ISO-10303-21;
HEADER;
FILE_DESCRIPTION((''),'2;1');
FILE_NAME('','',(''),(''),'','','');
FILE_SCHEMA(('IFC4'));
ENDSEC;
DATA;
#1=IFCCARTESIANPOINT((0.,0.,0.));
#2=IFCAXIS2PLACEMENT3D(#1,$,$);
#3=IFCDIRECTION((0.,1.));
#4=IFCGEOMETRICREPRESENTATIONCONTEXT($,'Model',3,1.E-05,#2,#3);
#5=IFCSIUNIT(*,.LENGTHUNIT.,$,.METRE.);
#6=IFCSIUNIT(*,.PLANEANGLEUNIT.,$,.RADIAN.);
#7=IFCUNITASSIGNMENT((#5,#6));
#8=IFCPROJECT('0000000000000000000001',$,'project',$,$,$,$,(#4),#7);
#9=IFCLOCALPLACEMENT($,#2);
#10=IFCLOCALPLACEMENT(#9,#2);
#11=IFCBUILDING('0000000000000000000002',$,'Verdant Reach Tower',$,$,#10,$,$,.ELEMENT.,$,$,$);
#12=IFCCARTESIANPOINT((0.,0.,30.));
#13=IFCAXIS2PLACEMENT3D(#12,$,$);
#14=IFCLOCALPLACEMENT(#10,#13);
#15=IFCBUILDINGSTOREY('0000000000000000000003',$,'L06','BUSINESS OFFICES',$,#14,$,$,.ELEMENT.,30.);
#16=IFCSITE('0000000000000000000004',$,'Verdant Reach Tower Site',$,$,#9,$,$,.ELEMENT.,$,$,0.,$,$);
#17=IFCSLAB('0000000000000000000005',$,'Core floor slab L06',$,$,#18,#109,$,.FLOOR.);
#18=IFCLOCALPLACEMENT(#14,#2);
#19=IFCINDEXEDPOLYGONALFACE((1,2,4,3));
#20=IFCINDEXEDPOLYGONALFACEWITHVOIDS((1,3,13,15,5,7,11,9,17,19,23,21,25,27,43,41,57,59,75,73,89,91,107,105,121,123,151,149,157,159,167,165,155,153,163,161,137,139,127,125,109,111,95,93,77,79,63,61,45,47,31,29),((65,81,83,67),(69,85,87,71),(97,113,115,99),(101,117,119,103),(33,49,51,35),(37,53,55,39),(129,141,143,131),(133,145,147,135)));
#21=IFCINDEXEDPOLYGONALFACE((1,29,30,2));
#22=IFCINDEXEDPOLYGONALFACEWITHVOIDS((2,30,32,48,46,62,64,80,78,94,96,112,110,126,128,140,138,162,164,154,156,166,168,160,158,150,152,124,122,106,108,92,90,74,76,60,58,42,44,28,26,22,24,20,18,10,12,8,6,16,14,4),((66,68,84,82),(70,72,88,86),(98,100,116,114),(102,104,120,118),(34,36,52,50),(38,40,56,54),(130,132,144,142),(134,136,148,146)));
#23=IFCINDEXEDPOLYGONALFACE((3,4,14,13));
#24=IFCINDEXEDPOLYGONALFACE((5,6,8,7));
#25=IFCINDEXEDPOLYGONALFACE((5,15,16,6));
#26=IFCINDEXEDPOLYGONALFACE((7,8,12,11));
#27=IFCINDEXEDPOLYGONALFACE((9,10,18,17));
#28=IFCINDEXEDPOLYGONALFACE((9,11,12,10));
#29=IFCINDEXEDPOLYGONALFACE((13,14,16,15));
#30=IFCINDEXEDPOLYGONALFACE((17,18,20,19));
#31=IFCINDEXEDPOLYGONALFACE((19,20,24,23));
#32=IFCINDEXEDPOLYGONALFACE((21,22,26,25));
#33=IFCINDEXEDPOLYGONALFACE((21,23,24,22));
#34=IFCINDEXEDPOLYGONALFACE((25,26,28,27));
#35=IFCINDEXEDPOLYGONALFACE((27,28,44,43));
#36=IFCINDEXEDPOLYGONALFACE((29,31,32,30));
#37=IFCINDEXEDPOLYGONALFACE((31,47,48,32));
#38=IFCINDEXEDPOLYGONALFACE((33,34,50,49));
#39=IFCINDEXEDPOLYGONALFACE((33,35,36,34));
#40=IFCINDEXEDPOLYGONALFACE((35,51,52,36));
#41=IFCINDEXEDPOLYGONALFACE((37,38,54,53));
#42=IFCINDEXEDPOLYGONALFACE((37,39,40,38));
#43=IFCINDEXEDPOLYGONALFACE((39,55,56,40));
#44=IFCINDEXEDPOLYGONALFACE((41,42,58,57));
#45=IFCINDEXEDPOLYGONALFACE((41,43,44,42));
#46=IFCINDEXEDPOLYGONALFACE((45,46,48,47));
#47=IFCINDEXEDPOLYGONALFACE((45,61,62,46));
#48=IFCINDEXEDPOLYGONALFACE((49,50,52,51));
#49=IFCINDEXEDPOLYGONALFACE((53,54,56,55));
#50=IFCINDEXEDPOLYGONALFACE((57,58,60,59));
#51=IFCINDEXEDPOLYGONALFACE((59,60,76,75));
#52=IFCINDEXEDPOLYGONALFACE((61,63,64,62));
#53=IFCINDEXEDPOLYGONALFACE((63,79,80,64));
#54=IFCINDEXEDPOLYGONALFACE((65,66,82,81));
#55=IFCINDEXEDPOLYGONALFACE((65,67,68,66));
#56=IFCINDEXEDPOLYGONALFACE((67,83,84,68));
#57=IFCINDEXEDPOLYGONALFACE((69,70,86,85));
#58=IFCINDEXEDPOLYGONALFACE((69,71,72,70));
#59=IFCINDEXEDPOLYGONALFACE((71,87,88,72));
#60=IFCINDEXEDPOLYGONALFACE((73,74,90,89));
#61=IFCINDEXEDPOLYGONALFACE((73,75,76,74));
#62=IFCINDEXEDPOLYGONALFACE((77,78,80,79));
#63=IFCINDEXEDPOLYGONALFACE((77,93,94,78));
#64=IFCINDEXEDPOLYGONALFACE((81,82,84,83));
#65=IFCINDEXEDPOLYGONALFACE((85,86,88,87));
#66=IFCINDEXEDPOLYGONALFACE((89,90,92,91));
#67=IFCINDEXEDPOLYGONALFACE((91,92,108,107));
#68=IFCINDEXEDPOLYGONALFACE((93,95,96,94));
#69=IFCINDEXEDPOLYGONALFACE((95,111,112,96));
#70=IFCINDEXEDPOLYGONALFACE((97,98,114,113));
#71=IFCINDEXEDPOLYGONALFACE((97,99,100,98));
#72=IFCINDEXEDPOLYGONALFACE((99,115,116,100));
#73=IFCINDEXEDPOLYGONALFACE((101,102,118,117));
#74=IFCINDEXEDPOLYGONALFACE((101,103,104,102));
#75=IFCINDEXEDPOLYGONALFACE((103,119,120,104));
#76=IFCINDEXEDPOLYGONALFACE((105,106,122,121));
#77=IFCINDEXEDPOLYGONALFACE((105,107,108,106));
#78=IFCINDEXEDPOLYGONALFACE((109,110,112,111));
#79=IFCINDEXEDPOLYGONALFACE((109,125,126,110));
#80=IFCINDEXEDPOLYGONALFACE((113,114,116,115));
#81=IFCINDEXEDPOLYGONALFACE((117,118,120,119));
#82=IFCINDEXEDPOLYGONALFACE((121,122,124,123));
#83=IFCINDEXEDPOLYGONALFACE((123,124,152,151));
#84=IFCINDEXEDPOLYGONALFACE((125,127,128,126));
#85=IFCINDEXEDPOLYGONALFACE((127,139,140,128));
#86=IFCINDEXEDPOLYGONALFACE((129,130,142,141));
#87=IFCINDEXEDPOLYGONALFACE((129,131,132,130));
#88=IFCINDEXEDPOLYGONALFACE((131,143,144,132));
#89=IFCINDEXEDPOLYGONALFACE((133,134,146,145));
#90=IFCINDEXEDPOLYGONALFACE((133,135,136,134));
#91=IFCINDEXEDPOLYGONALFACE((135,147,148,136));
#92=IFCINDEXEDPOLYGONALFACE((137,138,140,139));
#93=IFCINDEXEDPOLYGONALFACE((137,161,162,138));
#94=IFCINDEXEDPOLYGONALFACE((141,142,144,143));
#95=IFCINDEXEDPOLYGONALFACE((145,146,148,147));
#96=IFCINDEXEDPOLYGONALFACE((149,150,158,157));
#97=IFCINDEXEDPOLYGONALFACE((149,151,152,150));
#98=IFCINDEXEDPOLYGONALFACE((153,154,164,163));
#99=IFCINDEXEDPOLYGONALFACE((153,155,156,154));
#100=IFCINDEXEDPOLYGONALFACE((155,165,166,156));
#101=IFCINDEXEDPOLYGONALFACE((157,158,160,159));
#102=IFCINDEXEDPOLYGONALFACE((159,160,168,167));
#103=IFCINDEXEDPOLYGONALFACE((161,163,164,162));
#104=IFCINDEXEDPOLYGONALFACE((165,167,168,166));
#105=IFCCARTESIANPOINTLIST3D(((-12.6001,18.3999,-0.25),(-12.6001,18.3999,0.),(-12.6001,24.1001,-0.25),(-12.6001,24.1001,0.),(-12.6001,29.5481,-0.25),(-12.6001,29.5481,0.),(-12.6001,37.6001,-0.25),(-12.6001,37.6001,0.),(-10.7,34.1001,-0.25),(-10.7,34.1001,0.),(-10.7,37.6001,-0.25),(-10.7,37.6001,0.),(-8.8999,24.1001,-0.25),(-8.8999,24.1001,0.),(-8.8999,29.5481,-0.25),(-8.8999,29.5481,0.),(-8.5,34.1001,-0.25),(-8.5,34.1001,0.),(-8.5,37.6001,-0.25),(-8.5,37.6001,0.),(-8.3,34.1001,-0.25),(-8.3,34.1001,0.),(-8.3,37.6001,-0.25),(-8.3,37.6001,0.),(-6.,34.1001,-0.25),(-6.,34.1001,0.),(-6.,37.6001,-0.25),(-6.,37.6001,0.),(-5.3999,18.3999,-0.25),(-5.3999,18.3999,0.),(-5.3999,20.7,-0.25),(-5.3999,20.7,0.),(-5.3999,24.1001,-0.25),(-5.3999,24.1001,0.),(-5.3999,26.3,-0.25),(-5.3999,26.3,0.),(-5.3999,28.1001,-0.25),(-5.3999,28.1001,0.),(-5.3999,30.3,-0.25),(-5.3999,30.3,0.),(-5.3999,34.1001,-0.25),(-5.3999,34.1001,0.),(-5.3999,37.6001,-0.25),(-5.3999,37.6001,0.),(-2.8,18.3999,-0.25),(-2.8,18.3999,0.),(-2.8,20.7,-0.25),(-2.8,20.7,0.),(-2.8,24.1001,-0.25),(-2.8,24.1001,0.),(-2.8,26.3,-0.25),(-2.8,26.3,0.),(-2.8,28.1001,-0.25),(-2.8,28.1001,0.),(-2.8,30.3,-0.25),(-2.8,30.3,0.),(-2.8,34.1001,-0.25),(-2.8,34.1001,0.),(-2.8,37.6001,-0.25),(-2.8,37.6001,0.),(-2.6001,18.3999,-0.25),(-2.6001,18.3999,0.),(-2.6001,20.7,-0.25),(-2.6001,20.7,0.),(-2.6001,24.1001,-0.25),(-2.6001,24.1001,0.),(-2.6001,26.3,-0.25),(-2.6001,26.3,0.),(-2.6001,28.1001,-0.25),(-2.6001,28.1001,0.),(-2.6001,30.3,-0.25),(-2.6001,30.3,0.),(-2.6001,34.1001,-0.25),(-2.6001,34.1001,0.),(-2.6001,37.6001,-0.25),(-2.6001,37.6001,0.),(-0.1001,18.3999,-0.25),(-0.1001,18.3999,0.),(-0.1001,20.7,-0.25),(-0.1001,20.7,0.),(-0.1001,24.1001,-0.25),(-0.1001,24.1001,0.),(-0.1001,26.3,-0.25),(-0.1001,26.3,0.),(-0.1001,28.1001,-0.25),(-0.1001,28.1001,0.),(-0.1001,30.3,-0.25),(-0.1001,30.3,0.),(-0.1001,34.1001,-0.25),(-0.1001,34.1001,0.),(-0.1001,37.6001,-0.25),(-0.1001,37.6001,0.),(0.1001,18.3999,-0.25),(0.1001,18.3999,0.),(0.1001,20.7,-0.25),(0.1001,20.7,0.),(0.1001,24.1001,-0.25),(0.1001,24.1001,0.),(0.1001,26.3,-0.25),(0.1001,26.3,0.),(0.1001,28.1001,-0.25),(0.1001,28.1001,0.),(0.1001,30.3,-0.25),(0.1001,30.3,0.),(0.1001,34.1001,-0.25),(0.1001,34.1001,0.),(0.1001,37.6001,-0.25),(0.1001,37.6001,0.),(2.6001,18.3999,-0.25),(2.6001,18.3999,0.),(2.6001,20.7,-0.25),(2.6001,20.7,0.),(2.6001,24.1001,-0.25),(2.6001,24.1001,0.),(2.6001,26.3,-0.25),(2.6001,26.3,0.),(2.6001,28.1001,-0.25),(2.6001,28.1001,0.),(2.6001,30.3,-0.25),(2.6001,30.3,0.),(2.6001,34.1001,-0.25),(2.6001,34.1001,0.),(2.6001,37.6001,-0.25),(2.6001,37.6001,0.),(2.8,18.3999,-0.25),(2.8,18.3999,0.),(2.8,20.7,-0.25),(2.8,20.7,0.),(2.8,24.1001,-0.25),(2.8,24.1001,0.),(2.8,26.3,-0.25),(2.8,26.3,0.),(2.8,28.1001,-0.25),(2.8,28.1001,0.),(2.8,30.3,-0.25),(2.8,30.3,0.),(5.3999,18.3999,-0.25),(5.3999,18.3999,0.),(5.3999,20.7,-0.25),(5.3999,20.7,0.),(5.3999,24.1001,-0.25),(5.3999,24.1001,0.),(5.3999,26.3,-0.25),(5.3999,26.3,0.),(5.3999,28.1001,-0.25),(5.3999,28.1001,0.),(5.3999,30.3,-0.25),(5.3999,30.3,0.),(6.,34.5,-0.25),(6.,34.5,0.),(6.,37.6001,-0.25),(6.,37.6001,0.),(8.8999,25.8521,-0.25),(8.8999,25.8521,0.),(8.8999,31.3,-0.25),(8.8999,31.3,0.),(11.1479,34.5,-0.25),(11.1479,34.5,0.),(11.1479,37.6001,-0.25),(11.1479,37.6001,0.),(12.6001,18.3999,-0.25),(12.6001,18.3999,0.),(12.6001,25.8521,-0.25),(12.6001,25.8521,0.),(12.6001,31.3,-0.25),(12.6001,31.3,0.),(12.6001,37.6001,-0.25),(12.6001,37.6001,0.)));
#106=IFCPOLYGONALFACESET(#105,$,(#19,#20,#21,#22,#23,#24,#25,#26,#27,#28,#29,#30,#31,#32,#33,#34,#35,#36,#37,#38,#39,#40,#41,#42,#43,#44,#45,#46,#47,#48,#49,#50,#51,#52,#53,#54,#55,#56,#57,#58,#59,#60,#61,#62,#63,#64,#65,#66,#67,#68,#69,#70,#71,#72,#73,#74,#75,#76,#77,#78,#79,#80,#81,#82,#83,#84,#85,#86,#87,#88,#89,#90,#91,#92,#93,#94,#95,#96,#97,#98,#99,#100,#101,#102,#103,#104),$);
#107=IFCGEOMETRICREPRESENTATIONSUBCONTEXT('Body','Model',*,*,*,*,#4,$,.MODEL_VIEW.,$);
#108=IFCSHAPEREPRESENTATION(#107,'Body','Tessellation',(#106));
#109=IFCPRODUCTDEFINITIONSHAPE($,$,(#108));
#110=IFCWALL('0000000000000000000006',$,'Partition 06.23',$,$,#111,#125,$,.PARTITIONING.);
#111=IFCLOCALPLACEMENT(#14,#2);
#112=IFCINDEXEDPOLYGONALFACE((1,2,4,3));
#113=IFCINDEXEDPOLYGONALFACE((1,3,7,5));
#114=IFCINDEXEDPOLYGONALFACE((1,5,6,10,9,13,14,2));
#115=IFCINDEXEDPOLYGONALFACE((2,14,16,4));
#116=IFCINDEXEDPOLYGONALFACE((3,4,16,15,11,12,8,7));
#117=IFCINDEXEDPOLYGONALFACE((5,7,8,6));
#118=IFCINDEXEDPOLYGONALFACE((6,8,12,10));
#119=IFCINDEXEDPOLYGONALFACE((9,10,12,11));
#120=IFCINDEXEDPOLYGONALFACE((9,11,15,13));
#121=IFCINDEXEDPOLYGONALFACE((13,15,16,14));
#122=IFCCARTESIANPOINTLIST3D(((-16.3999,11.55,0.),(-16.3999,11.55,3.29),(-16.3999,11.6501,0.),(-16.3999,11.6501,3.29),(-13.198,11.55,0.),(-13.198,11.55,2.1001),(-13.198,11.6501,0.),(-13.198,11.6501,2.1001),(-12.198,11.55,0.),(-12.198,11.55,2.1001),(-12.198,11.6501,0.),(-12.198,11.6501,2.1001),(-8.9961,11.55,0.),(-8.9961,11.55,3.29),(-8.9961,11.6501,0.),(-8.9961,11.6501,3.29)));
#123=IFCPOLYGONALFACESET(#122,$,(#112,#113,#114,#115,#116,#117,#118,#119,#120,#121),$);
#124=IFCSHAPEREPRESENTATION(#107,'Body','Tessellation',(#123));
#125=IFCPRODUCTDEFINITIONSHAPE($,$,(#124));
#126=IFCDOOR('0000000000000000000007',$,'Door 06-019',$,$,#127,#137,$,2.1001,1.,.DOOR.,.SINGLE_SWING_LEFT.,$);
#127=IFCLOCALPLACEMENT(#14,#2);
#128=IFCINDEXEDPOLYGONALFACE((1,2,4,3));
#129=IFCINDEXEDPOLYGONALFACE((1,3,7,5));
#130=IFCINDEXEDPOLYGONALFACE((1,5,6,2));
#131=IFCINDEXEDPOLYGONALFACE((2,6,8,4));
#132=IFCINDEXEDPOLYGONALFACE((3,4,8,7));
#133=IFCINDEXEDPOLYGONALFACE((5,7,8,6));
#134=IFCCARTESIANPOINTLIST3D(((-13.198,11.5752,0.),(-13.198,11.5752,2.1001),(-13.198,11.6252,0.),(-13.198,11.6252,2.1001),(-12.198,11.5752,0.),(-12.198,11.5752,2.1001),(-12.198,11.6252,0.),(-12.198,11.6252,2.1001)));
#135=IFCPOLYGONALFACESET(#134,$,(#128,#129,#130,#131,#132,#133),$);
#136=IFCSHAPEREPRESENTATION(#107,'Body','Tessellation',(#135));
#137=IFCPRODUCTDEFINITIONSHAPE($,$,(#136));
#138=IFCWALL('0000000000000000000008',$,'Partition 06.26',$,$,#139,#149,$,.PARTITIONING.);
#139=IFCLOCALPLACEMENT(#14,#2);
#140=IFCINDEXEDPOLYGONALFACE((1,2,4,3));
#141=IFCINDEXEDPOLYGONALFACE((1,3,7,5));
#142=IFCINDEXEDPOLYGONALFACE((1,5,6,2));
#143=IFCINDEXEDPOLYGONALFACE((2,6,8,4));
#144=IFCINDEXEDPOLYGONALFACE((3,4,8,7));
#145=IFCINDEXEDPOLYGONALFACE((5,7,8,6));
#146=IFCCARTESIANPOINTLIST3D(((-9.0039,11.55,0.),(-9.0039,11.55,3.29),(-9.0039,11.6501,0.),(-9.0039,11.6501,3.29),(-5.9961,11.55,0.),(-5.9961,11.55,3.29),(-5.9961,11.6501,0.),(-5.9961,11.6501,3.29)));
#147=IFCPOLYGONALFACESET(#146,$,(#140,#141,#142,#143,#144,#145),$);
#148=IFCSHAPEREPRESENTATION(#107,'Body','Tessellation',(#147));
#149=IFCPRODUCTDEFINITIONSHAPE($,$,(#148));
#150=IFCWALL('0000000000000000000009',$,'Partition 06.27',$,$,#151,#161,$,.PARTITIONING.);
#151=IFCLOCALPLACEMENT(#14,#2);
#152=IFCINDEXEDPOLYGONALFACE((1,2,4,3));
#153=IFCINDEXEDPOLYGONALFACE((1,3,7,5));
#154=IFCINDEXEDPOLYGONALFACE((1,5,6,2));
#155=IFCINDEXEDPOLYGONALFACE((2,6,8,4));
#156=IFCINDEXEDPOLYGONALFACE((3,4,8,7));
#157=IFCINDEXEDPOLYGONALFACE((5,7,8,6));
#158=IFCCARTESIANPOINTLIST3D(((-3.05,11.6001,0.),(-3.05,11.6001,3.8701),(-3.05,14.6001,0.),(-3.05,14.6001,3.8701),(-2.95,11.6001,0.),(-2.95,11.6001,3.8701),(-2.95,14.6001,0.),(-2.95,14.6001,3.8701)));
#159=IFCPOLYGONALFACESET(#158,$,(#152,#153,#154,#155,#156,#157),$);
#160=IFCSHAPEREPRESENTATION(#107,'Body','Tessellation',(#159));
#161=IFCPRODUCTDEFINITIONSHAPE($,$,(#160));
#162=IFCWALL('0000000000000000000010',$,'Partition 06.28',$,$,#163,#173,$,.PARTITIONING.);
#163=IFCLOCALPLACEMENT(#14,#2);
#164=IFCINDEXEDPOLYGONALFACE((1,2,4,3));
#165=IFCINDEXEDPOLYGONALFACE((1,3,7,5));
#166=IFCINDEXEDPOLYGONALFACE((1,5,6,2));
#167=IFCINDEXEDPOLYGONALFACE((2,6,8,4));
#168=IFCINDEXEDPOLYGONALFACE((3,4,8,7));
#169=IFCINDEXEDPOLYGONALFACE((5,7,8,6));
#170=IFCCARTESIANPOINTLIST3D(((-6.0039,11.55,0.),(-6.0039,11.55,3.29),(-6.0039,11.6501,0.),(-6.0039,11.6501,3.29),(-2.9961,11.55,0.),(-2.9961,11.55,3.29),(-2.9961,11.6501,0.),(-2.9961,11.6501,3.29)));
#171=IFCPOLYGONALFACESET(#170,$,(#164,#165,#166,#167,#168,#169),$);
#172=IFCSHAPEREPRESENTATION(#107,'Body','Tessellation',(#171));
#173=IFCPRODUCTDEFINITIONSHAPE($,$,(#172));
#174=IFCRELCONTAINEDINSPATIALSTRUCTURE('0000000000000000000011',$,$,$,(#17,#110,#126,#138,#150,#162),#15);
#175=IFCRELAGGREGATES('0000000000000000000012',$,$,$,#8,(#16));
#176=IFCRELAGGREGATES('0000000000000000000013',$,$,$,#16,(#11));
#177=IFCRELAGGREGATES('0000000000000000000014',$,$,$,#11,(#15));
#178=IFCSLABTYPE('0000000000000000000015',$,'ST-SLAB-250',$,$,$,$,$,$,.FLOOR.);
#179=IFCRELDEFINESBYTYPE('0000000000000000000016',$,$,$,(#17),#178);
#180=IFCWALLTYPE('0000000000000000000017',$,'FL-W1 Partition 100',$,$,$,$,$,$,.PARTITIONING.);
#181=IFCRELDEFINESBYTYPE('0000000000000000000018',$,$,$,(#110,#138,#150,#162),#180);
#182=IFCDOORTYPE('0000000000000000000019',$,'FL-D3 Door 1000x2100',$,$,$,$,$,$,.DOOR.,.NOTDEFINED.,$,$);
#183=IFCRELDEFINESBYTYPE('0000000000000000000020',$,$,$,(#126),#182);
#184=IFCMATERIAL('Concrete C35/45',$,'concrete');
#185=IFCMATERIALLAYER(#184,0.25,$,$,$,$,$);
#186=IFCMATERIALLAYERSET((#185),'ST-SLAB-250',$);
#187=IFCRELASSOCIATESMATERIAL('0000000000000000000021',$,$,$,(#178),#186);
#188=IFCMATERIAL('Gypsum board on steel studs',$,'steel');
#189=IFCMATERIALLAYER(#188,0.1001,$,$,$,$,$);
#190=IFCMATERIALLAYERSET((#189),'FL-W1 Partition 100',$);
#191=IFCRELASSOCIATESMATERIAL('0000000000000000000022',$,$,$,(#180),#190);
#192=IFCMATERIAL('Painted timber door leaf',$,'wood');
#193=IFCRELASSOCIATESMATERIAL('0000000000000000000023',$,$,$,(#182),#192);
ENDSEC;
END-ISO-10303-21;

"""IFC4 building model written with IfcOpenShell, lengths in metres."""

from ifc_helpers import new_model, si_unit, direction, frame, frame_2d, origin, place, context, subcontext, project, spatial, polyline, rectangle, outline, extrude, material, layer, layer_set, type_object, element, fill, save


model = new_model("IFC4")

# Units and contexts
model_context = context("Model", 3, precision=1e-05, world=origin(), true_north=direction((0.0, 1.0)))
body_context = subcontext(model_context, "Body", "Model", "MODEL_VIEW")
ifc_project = project(units=[si_unit("LENGTHUNIT", "METRE"), si_unit("PLANEANGLEUNIT", "RADIAN")], contexts=[model_context])

# Site, building, storey
site_placement = place(None, origin())
site = spatial("IfcSite", under=ifc_project, at=site_placement, Name="Verdant Reach Tower Site", CompositionType="ELEMENT", RefElevation=0.0)
building_placement = place(site_placement, origin())
building = spatial("IfcBuilding", under=site, at=building_placement, Name="Verdant Reach Tower", CompositionType="ELEMENT")
storey_placement = place(building_placement, frame((0.0, 0.0, 30.0)))
storey = spatial("IfcBuildingStorey", under=building, at=storey_placement, Name="L06", Description="BUSINESS OFFICES", CompositionType="ELEMENT", Elevation=30.0)

# Slab
ifc_material_1 = material(Name="Concrete C35/45", Category="concrete")
ifc_layer_1 = layer(ifc_material_1, 0.25)
ifc_layer_set_1 = layer_set([ifc_layer_1], Name="ST-SLAB-250")
slab_type_1 = type_object("IfcSlabType", Name="ST-SLAB-250", PredefinedType="FLOOR", material=ifc_layer_set_1)
slab_1_placement = place(storey_placement, frame((0.0, 0.0, -0.25)))
element("IfcSlab", 1, at=slab_1_placement, inside=storey, type_object=slab_type_1, Name="Core floor slab L06", PredefinedType="FLOOR", context=body_context, shape_type="SweptSolid", body=[
    extrude(outline(polyline([(12.6001, 18.3999), (5.3999, 18.3999), (5.3999, 20.7), (2.8, 20.7), (2.8, 18.3999), (2.6001, 18.3999), (2.6001, 20.7), (0.1001, 20.7), (0.1001, 18.3999), (-0.1001, 18.3999), (-0.1001, 20.7), (-2.6001, 20.7), (-2.6001, 18.3999), (-2.8, 18.3999), (-2.8, 20.7), (-5.3999, 20.7), (-5.3999, 18.3999), (-12.6001, 18.3999), (-12.6001, 24.1001), (-8.8999, 24.1001), (-8.8999, 29.5481), (-12.6001, 29.5481), (-12.6001, 37.6001), (-10.7, 37.6001), (-10.7, 34.1001), (-8.5, 34.1001), (-8.5, 37.6001), (-8.3, 37.6001), (-8.3, 34.1001), (-6.0, 34.1001), (-6.0, 37.6001), (-5.3999, 37.6001), (-5.3999, 34.1001), (-2.8, 34.1001), (-2.8, 37.6001), (-2.6001, 37.6001), (-2.6001, 34.1001), (-0.1001, 34.1001), (-0.1001, 37.6001), (0.1001, 37.6001), (0.1001, 34.1001), (2.6001, 34.1001), (2.6001, 37.6001), (6.0, 37.6001), (6.0, 34.5), (11.1479, 34.5), (11.1479, 37.6001), (12.6001, 37.6001), (12.6001, 31.3), (8.8999, 31.3), (8.8999, 25.8521), (12.6001, 25.8521), (12.6001, 18.3999)]), holes=[polyline([(-2.8, 24.1001), (-2.8, 26.3), (-5.3999, 26.3), (-5.3999, 24.1001), (-2.8, 24.1001)]), polyline([(-2.6001, 24.1001), (-0.1001, 24.1001), (-0.1001, 26.3), (-2.6001, 26.3), (-2.6001, 24.1001)]), polyline([(-2.8, 28.1001), (-2.8, 30.3), (-5.3999, 30.3), (-5.3999, 28.1001), (-2.8, 28.1001)]), polyline([(-0.1001, 28.1001), (-0.1001, 30.3), (-2.6001, 30.3), (-2.6001, 28.1001), (-0.1001, 28.1001)]), polyline([(2.6001, 24.1001), (2.6001, 26.3), (0.1001, 26.3), (0.1001, 24.1001), (2.6001, 24.1001)]), polyline([(2.8, 24.1001), (5.3999, 24.1001), (5.3999, 26.3), (2.8, 26.3), (2.8, 24.1001)]), polyline([(2.6001, 28.1001), (2.6001, 30.3), (0.1001, 30.3), (0.1001, 28.1001), (2.6001, 28.1001)]), polyline([(5.3999, 28.1001), (5.3999, 30.3), (2.8, 30.3), (2.8, 28.1001), (5.3999, 28.1001)])]), origin(), (0.0, 0.0, 1.0), 0.25),
])

# Wall, opening, door
ifc_material_2 = material(Name="Gypsum board on steel studs", Category="steel")
ifc_layer_2 = layer(ifc_material_2, 0.1001)
ifc_layer_set_2 = layer_set([ifc_layer_2], Name="FL-W1 Partition 100")
wall_type = type_object("IfcWallType", Name="FL-W1 Partition 100", PredefinedType="PARTITIONING", material=ifc_layer_set_2)
wall_1_placement = place(storey_placement, frame((-8.9961, 11.6001, 0.0), z_axis=(0.0, 0.0, 1.0), x_axis=(-1.0, 0.0, 0.0)))
wall_1 = element("IfcWall", 2, at=wall_1_placement, inside=storey, type_object=wall_type, Name="Partition 06.23", PredefinedType="PARTITIONING", context=body_context, shape_type="SweptSolid", body=[
    extrude(rectangle(XDim=7.4038, YDim=0.1001, at=frame_2d((3.7019, 0.0))), origin(), (0.0, 0.0, 1.0), 3.29),
])
opening_1_placement = place(wall_1_placement, frame((3.2019, 0.0, 0.0)))
opening_1 = element("IfcOpeningElement", 3, at=opening_1_placement, cuts=wall_1, PredefinedType="OPENING", context=body_context, shape_type="SweptSolid", body=[
    extrude(rectangle(XDim=1.0, YDim=2.1001, at=frame_2d((0.5, 1.05))), frame((0.0, 0.0601, 0.0), z_axis=(0.0, -1.0, 0.0), x_axis=(1.0, 0.0, 0.0)), (0.0, 0.0, 1.0), 0.1201),
])
ifc_material_3 = material(Name="Painted timber door leaf", Category="wood")
door_type = type_object("IfcDoorType", Name="FL-D3 Door 1000x2100", OperationType="NOTDEFINED", PredefinedType="DOOR", material=ifc_material_3)
door_1_placement = place(opening_1_placement, origin())
door_1 = element("IfcDoor", 4, at=door_1_placement, inside=storey, type_object=door_type, Name="Door 06-019", OperationType="SINGLE_SWING_LEFT", OverallHeight=2.1001, OverallWidth=1.0, PredefinedType="DOOR", context=body_context, shape_type="SweptSolid", body=[
    extrude(rectangle(XDim=1.0, YDim=2.1001, at=frame_2d((0.5, 1.05))), frame((0.0, 0.0249, 0.0), z_axis=(0.0, -1.0, 0.0), x_axis=(1.0, 0.0, 0.0)), (0.0, 0.0, 1.0), 0.05),
])
fill(opening_1, door_1)

# Walls
wall_2_placement = place(storey_placement, frame((-9.0039, 11.6001, 0.0), z_axis=(0.0, 0.0, 1.0), x_axis=(1.0, 0.0, 0.0)))
element("IfcWall", 5, at=wall_2_placement, inside=storey, type_object=wall_type, Name="Partition 06.26", PredefinedType="PARTITIONING", context=body_context, shape_type="SweptSolid", body=[
    extrude(rectangle(XDim=3.0078, YDim=0.1001, at=frame_2d((1.5039, 0.0))), origin(), (0.0, 0.0, 1.0), 3.29),
])
wall_3_placement = place(storey_placement, frame((-3.0, 11.6001, 0.0), z_axis=(0.0, 0.0, 1.0), x_axis=(0.0, 1.0, 0.0)))
element("IfcWall", 6, at=wall_3_placement, inside=storey, type_object=wall_type, Name="Partition 06.27", PredefinedType="PARTITIONING", context=body_context, shape_type="SweptSolid", body=[
    extrude(rectangle(XDim=3.0, YDim=0.1001, at=frame_2d((1.5, 0.0))), origin(), (0.0, 0.0, 1.0), 3.8701),
])
wall_4_placement = place(storey_placement, frame((-6.0039, 11.6001, 0.0), z_axis=(0.0, 0.0, 1.0), x_axis=(1.0, 0.0, 0.0)))
element("IfcWall", 7, at=wall_4_placement, inside=storey, type_object=wall_type, Name="Partition 06.28", PredefinedType="PARTITIONING", context=body_context, shape_type="SweptSolid", body=[
    extrude(rectangle(XDim=3.0078, YDim=0.1001, at=frame_2d((1.5039, 0.0))), origin(), (0.0, 0.0, 1.0), 3.29),
])

save(model, "model.ifc")
